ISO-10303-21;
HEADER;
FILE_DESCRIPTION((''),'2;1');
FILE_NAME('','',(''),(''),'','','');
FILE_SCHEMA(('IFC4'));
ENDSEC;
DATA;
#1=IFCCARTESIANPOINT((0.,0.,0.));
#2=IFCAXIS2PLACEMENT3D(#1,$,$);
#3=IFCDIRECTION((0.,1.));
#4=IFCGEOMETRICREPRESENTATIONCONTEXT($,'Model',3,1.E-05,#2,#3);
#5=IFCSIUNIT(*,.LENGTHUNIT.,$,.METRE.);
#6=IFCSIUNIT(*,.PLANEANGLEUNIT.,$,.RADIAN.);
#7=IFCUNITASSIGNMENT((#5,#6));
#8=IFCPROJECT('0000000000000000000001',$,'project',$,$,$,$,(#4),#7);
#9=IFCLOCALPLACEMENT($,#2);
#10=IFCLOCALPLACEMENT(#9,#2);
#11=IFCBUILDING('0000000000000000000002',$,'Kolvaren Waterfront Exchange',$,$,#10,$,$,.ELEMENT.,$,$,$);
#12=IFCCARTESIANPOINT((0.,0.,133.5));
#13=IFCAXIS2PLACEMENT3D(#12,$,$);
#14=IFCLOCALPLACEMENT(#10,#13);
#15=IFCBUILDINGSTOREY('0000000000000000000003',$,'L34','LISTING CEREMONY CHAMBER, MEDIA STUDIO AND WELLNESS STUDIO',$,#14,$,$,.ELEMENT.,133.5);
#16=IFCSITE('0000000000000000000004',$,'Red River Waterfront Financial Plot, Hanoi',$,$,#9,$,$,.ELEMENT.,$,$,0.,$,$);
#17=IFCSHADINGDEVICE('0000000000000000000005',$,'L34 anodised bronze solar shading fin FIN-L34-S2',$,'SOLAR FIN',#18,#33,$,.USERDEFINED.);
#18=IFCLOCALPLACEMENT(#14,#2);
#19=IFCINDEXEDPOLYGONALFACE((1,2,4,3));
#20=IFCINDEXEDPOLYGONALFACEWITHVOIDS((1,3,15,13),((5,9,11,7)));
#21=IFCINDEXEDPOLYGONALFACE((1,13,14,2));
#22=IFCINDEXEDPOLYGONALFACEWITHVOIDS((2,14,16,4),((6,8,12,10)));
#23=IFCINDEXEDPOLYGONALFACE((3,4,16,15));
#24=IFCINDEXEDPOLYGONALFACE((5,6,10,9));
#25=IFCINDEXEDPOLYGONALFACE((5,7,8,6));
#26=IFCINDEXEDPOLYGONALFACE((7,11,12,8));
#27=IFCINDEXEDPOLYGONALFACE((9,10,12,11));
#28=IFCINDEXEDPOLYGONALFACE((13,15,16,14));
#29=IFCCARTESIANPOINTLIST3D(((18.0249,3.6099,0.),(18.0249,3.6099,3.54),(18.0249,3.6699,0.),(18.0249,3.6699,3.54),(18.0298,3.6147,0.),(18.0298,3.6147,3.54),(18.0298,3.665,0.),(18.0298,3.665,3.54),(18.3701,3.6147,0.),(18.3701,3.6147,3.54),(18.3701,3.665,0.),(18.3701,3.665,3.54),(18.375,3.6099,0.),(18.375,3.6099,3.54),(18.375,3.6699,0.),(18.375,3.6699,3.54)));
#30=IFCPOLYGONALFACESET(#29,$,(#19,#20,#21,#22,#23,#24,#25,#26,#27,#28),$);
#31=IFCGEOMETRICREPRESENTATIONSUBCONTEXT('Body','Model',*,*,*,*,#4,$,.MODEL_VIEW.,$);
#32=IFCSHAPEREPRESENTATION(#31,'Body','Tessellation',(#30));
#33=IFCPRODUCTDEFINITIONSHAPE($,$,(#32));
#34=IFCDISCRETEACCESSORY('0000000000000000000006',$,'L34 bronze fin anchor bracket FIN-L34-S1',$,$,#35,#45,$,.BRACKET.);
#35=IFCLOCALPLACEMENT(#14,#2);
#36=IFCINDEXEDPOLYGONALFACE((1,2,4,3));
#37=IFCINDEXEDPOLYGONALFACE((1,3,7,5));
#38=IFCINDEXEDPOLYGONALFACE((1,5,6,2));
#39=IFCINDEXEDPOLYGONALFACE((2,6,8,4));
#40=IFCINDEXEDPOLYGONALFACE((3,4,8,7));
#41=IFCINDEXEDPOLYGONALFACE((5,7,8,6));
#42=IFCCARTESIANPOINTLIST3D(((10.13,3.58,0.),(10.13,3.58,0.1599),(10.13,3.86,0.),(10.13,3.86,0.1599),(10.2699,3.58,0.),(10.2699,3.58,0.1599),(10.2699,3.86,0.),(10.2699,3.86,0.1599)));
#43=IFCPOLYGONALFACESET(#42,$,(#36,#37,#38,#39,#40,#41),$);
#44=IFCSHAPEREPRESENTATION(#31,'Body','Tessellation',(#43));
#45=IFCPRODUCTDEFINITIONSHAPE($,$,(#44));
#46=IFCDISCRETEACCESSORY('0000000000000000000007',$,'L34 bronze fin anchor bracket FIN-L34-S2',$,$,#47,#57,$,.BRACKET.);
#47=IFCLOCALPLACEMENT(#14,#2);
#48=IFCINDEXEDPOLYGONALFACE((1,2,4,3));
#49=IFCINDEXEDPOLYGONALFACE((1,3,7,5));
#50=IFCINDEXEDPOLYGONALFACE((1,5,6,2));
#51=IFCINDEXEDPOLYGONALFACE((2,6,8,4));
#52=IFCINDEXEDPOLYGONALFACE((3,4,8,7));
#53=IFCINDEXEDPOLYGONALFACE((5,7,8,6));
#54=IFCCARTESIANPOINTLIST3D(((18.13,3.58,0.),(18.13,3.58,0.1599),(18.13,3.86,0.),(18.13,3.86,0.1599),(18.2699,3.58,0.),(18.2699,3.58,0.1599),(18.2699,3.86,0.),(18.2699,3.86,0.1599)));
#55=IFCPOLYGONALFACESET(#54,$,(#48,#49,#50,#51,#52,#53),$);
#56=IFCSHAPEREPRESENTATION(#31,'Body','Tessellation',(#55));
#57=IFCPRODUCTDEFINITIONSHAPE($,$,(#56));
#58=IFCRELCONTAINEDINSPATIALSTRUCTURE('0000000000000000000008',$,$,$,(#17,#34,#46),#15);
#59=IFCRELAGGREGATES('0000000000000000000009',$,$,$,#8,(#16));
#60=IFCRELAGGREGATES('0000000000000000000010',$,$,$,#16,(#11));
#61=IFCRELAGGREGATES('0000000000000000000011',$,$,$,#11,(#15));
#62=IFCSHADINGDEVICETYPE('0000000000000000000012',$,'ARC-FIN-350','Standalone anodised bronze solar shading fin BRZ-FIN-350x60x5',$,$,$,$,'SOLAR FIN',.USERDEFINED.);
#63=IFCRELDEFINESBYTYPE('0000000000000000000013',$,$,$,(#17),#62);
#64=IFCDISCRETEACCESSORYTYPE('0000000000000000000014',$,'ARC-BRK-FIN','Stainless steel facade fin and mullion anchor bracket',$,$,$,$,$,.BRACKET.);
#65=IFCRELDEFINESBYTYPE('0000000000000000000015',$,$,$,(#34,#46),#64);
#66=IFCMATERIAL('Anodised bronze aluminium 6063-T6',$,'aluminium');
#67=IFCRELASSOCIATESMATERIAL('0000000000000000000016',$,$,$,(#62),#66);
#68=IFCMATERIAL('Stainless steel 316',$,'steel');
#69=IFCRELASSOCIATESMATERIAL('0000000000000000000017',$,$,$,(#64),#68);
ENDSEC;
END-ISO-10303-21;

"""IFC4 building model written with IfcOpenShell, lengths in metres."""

from ifc_helpers import new_model, si_unit, direction, frame, origin, origin_with_axes, origin_2d, place, context, subcontext, project, spatial, rectangle, hollow_rectangle, extrude, source, transform, mapped, material, material_profile, profile_set, type_object, element, save


model = new_model("IFC4")

# Units and contexts
model_context = context("Model", 3, precision=1e-05, world=origin(), true_north=direction((0.0, 1.0)))
body_context = subcontext(model_context, "Body", "Model", "MODEL_VIEW")
ifc_project = project(units=[si_unit("LENGTHUNIT", "METRE"), si_unit("PLANEANGLEUNIT", "RADIAN")], contexts=[model_context])

# Site, building, storey
site_placement = place(None, origin())
site = spatial("IfcSite", under=ifc_project, at=site_placement, Name="Red River Waterfront Financial Plot, Hanoi", CompositionType="ELEMENT", RefElevation=0.0)
building_placement = place(site_placement, origin())
building = spatial("IfcBuilding", under=site, at=building_placement, Name="Kolvaren Waterfront Exchange", CompositionType="ELEMENT")
storey_placement = place(building_placement, frame((0.0, 0.0, 133.5)))
storey = spatial("IfcBuildingStorey", under=building, at=storey_placement, Name="L34", Description="LISTING CEREMONY CHAMBER, MEDIA STUDIO AND WELLNESS STUDIO", CompositionType="ELEMENT", Elevation=133.5)

# Shared definitions
ifc_material_1 = material(Name="Anodised bronze aluminium 6063-T6", Category="aluminium")

# Shading device
ifc_material_profile_1 = material_profile(ifc_material_1, hollow_rectangle(XDim=0.0601, YDim=0.3501, WallThickness=0.0049, at=origin_2d()), Name="BRZ-FIN-350x60x5")
ifc_profile_set_1 = profile_set([ifc_material_profile_1], Name="Anodised bronze aluminium 6063-T6")
shading_device_type = type_object("IfcShadingDeviceType", Name="ARC-FIN-350", Description="Standalone anodised bronze solar shading fin BRZ-FIN-350x60x5", ElementType="SOLAR FIN", PredefinedType="USERDEFINED", material=ifc_profile_set_1)
for number, where, z_axis, x_axis, name in (
    (1, (18.2, 3.6399, 0.0), (0.0, 0.0, 1.0), (0.0, -1.0, 0.0), "L34 anodised bronze solar shading fin FIN-L34-S2"),
):
    element("IfcShadingDevice", number, at=place(storey_placement, frame(where, z_axis=z_axis, x_axis=x_axis)), inside=storey, type_object=shading_device_type, Name=name, ObjectType="SOLAR FIN", PredefinedType="USERDEFINED", context=body_context, shape_type="SweptSolid", body=[
        extrude(hollow_rectangle(XDim=0.0601, YDim=0.3501, WallThickness=0.0049, at=origin_2d()), origin(), (0.0, 0.0, 1.0), 3.54),
    ])

# Discrete accessories
ifc_material_2 = material(Name="Stainless steel 316", Category="steel")
discrete_accessory_type = type_object("IfcDiscreteAccessoryType", Name="ARC-BRK-FIN", Description="Stainless steel facade fin and mullion anchor bracket", PredefinedType="BRACKET", material=ifc_material_2)
shared_shape_1 = source(origin_with_axes(), body_context, "Body", "SweptSolid", [
    extrude(rectangle(XDim=0.28, YDim=0.1399, at=origin_2d()), origin(), (0.0, 0.0, 1.0), 0.1599),
])
for number, where, z_axis, x_axis, name in (
    (2, (10.2, 3.72, 0.0), (0.0, 0.0, 1.0), (0.0, -1.0, 0.0), "L34 bronze fin anchor bracket FIN-L34-S1"),
    (3, (18.2, 3.72, 0.0), (0.0, 0.0, 1.0), (0.0, -1.0, 0.0), "L34 bronze fin anchor bracket FIN-L34-S2"),
):
    element("IfcDiscreteAccessory", number, at=place(storey_placement, frame(where, z_axis=z_axis, x_axis=x_axis)), inside=storey, type_object=discrete_accessory_type, Name=name, PredefinedType="BRACKET", context=body_context, shape_type="MappedRepresentation", body=[
        mapped(shared_shape_1, transform((0.0, 0.0, 0.0), x_axis=(1.0, 0.0, 0.0), y_axis=(0.0, 1.0, 0.0), z_axis=(0.0, 0.0, 1.0), scale=1.0)),
    ])

save(model, "model.ifc")
